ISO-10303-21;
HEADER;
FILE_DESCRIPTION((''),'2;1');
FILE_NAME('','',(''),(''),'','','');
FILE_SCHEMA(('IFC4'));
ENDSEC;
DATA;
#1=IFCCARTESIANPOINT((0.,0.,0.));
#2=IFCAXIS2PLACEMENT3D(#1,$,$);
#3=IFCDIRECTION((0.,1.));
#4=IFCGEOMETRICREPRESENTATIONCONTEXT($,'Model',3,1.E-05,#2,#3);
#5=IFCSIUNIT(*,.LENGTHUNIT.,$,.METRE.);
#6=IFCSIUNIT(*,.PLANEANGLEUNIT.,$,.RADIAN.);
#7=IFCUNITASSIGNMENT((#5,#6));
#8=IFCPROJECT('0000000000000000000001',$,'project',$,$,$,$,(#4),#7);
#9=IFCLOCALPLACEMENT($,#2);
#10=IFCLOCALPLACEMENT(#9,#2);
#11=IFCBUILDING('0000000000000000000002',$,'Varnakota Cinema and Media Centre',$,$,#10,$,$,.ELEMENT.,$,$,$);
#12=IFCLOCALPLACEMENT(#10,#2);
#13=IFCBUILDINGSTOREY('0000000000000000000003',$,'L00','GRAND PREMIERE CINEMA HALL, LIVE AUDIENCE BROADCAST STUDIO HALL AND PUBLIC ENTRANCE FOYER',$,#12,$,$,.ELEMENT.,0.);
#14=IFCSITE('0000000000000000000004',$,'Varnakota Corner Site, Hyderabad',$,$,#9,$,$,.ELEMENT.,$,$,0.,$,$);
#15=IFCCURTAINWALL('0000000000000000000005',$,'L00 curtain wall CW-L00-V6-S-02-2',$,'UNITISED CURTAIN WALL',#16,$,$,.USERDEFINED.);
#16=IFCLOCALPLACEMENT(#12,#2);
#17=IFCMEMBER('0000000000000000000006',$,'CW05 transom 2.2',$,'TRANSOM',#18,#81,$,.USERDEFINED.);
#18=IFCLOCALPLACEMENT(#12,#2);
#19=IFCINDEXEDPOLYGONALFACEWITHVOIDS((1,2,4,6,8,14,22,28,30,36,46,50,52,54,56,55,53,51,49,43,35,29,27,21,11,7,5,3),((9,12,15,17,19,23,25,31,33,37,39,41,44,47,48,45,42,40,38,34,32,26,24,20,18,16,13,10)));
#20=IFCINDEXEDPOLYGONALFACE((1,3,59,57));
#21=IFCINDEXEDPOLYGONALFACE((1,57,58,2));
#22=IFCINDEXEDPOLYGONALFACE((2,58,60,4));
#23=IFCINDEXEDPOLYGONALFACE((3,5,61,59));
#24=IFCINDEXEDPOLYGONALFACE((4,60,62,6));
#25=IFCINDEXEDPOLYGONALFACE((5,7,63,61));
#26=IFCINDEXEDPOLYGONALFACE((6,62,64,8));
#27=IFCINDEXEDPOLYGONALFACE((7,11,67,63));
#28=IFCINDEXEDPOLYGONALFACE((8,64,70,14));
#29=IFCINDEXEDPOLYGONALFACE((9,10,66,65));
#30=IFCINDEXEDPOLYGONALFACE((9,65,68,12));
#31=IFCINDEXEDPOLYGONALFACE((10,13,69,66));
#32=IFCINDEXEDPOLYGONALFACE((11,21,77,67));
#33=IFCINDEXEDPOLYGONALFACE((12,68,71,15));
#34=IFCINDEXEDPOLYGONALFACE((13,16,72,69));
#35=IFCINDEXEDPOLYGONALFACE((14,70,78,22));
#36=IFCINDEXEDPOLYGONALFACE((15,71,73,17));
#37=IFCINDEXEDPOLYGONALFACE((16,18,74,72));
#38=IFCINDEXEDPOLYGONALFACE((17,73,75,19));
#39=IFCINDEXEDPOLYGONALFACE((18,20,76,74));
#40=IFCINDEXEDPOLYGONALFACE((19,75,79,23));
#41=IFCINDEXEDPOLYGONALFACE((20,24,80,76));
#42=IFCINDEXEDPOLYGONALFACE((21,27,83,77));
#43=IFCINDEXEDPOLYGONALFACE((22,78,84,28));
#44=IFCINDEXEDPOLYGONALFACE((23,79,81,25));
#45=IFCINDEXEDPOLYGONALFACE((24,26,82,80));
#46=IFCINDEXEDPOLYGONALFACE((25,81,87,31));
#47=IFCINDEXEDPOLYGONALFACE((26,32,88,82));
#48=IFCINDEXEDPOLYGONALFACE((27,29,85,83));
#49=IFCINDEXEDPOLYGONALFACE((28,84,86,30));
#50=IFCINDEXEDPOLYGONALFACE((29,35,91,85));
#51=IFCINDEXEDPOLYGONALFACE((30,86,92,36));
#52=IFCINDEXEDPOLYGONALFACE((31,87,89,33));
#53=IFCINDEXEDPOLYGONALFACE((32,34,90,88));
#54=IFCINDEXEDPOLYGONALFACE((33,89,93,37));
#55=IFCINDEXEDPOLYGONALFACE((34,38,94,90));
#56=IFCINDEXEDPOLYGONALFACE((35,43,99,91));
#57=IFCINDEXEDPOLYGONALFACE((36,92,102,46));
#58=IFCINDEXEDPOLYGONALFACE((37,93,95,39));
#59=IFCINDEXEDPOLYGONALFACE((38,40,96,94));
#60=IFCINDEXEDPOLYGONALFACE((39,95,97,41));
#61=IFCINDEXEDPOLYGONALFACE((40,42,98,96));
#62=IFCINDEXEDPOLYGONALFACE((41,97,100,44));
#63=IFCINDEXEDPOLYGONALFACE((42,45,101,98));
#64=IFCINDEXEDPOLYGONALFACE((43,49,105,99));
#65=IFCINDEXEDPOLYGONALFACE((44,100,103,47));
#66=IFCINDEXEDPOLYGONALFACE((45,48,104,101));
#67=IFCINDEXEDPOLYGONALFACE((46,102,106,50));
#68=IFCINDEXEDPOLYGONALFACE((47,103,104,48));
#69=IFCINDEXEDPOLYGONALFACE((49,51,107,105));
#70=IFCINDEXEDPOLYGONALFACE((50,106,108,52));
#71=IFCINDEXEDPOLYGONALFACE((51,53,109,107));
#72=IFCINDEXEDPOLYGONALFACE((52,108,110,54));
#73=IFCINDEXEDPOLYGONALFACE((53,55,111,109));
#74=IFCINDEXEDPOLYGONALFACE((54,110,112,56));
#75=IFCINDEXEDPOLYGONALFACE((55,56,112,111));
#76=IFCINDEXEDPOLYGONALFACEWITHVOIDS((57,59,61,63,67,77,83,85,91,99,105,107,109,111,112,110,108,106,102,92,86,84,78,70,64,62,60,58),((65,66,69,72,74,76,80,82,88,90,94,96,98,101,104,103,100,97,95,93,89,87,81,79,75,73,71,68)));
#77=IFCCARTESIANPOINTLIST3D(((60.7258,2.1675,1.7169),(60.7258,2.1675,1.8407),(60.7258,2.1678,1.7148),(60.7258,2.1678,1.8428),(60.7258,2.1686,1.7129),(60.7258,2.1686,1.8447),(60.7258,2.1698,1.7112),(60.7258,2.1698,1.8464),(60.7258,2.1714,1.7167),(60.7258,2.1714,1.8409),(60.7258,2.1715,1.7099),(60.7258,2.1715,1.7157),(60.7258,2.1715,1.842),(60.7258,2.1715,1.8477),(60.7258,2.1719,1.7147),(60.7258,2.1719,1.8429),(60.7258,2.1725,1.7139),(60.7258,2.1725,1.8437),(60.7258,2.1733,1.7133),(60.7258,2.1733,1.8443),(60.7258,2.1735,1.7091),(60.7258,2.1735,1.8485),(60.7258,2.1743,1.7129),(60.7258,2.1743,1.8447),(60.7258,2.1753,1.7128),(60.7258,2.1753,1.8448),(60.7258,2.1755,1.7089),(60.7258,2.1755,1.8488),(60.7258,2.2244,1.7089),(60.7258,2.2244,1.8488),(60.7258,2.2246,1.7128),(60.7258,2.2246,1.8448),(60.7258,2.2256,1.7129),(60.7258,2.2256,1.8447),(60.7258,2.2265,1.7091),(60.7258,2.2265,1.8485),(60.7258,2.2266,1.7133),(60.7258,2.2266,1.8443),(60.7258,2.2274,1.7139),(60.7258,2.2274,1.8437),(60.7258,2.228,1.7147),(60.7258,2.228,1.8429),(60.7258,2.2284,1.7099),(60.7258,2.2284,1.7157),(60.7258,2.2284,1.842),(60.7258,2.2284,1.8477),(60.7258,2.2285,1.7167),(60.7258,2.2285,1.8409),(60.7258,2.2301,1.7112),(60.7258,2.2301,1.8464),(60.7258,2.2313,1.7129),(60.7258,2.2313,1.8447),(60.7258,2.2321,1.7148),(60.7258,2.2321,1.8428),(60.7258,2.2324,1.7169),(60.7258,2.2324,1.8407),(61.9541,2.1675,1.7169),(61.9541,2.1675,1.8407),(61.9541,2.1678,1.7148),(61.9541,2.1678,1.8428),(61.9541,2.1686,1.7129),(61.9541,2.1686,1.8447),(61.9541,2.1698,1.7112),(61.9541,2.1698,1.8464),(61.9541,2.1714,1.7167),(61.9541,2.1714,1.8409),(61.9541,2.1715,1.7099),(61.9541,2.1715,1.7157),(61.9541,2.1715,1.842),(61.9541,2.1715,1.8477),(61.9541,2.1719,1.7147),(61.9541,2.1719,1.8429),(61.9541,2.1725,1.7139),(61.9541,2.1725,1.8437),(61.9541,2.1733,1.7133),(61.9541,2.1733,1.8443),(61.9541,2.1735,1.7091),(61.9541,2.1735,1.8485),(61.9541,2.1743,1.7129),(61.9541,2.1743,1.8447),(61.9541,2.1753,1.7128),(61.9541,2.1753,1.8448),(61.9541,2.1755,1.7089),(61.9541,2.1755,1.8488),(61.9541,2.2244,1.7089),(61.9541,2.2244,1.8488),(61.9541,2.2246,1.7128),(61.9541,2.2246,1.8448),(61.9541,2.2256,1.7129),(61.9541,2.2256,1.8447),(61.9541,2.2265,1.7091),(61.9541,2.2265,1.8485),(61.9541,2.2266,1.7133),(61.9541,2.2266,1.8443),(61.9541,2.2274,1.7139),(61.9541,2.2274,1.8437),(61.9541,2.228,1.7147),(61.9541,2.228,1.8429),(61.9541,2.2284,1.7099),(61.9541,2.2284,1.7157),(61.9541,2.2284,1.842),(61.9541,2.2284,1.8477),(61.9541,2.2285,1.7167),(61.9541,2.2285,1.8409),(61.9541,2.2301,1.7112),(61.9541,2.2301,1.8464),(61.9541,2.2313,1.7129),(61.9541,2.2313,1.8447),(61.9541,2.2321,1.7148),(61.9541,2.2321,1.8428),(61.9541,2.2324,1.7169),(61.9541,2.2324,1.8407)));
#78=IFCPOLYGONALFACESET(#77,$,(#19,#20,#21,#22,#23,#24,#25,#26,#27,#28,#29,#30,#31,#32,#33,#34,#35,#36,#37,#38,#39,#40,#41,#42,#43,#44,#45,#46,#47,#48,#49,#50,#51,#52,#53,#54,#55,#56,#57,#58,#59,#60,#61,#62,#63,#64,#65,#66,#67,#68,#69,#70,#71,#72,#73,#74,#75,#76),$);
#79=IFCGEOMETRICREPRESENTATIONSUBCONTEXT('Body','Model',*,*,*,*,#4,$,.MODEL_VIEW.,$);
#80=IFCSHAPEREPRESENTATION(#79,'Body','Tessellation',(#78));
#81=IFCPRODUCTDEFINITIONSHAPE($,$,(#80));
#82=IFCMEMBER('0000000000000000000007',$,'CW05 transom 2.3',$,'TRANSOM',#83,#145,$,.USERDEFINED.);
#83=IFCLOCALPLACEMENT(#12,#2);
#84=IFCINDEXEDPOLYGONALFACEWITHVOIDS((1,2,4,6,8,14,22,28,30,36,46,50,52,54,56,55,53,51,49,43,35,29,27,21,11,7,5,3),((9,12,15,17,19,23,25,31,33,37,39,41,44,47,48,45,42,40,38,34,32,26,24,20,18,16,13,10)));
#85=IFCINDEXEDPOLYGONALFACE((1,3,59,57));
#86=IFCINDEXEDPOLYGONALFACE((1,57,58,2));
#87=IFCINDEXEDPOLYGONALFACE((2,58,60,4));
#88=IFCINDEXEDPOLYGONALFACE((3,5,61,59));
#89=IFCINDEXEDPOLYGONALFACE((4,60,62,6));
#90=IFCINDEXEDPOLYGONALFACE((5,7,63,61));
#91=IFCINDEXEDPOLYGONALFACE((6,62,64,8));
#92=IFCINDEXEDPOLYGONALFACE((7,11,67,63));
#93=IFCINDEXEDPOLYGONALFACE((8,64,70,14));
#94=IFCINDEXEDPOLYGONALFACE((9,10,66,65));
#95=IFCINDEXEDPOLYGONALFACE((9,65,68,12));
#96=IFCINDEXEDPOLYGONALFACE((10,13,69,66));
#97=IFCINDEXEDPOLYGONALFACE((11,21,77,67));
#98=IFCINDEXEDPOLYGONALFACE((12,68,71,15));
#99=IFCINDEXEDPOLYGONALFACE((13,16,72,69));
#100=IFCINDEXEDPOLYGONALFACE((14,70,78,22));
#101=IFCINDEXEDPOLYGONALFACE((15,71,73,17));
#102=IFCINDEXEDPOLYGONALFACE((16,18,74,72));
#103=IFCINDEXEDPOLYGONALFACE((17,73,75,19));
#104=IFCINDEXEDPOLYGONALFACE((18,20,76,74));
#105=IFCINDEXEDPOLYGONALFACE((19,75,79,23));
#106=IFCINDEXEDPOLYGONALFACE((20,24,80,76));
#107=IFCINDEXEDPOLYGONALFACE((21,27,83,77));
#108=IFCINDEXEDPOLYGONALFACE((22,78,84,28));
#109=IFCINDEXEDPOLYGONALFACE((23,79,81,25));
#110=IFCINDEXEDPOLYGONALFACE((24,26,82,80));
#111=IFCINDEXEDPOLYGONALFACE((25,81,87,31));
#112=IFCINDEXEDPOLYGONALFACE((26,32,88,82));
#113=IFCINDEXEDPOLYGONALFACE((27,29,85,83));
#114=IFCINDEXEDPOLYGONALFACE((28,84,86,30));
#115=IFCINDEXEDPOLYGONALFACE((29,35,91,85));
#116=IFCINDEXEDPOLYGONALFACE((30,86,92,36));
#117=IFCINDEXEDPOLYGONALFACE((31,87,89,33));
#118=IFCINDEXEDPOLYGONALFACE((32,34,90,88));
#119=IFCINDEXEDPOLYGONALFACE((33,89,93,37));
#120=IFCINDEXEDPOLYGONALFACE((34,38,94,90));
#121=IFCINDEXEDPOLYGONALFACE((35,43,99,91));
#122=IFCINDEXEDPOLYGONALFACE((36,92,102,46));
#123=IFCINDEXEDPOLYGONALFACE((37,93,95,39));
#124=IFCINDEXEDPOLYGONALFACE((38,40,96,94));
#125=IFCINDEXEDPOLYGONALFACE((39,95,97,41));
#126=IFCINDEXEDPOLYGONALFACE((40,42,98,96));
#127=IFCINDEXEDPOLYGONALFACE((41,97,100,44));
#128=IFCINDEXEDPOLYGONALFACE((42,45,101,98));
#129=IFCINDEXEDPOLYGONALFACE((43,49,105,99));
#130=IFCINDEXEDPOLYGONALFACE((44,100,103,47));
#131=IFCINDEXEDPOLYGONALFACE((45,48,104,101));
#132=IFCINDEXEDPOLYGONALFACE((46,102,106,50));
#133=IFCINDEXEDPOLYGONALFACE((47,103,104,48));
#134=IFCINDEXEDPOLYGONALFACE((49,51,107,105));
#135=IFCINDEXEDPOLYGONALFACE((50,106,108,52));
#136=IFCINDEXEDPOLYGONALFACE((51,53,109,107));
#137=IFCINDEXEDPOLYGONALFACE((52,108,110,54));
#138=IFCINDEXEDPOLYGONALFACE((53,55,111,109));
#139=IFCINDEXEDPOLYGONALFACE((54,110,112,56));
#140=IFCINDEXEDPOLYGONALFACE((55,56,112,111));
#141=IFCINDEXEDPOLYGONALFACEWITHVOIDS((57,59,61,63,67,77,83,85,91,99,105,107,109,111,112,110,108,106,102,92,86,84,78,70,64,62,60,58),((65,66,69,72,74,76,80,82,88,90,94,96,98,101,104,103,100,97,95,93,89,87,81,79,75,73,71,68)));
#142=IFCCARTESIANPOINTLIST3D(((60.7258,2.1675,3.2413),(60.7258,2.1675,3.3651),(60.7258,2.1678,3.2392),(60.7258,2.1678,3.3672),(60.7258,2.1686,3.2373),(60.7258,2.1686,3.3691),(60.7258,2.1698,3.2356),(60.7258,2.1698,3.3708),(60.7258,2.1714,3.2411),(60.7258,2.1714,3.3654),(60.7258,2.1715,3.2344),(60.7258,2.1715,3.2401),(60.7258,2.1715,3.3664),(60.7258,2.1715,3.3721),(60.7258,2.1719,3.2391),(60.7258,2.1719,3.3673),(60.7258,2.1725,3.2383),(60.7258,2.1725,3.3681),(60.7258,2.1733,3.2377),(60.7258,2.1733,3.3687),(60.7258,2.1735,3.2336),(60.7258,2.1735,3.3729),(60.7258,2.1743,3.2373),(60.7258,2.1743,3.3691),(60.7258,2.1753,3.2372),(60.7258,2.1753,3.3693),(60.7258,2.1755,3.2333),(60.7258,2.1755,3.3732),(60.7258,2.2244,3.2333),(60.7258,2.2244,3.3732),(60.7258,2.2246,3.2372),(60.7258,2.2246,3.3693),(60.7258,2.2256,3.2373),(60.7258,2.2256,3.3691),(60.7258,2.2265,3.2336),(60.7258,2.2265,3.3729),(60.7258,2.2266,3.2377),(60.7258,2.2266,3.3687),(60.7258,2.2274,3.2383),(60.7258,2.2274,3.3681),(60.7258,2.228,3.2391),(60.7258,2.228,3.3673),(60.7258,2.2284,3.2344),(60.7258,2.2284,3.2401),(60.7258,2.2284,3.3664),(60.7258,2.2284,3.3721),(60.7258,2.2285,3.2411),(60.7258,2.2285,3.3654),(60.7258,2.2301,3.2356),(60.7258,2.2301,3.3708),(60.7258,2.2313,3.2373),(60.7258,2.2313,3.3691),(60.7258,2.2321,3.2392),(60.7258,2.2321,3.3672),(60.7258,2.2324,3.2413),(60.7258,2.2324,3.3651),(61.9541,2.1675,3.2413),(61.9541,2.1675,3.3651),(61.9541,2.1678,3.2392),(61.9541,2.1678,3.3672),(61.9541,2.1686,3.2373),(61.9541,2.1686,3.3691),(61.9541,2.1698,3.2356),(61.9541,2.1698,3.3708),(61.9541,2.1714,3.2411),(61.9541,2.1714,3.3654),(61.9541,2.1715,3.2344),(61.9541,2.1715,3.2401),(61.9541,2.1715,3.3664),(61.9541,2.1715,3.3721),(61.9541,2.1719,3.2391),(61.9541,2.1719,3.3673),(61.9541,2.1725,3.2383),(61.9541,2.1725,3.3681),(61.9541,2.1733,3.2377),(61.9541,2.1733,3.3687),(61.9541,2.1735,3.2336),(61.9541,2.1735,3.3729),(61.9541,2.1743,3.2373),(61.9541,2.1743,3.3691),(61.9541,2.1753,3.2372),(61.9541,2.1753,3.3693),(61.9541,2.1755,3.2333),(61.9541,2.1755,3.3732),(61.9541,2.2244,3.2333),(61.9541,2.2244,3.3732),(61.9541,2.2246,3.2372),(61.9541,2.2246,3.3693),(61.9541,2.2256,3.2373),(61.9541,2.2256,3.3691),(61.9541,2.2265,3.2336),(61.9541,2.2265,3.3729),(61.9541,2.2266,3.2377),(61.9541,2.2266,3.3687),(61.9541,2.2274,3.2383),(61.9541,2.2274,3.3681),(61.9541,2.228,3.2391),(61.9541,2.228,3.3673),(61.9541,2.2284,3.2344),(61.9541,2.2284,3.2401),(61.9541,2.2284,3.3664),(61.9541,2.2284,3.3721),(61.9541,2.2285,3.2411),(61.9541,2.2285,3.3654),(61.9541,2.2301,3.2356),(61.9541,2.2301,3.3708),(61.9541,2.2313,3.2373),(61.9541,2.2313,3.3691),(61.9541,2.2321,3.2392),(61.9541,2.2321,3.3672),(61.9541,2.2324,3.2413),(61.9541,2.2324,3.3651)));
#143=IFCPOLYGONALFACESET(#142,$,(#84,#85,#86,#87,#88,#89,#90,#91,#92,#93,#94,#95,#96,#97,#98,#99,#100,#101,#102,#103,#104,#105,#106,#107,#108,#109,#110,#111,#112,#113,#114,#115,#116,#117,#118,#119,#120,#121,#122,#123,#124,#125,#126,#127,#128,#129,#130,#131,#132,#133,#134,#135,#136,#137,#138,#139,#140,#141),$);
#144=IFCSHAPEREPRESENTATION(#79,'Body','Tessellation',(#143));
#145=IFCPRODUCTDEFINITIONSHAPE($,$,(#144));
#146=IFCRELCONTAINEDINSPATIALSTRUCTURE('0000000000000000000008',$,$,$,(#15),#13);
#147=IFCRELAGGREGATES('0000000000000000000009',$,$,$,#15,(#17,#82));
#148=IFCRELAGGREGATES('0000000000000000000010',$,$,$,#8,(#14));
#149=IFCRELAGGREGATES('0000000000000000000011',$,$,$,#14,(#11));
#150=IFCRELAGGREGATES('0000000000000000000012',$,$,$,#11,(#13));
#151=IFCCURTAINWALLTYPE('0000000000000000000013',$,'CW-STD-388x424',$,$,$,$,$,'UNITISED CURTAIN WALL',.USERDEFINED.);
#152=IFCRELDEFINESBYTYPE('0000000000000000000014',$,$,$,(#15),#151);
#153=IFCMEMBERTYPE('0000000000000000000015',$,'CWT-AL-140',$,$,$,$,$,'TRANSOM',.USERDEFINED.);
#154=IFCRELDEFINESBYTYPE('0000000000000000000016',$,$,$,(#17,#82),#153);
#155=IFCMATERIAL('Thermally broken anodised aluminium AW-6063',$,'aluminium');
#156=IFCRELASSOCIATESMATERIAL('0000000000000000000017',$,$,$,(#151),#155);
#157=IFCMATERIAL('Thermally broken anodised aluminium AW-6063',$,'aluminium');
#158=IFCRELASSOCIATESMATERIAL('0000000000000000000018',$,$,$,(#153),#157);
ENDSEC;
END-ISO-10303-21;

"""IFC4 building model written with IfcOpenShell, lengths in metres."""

from ifc_helpers import new_model, si_unit, direction, frame, origin, origin_2d, place, context, subcontext, project, spatial, hollow_rectangle, extrude, material, material_profile, profile_set, type_object, element, aggregate, save


model = new_model("IFC4")

# Units and contexts
model_context = context("Model", 3, precision=1e-05, world=origin(), true_north=direction((0.0, 1.0)))
body_context = subcontext(model_context, "Body", "Model", "MODEL_VIEW")
ifc_project = project(units=[si_unit("LENGTHUNIT", "METRE"), si_unit("PLANEANGLEUNIT", "RADIAN")], contexts=[model_context])

# Site, building, storey
site_placement = place(None, origin())
site = spatial("IfcSite", under=ifc_project, at=site_placement, Name="Varnakota Corner Site, Hyderabad", CompositionType="ELEMENT", RefElevation=0.0)
building_placement = place(site_placement, origin())
building = spatial("IfcBuilding", under=site, at=building_placement, Name="Varnakota Cinema and Media Centre", CompositionType="ELEMENT")
storey_placement = place(building_placement, origin())
storey = spatial("IfcBuildingStorey", under=building, at=storey_placement, Name="L00", Description="GRAND PREMIERE CINEMA HALL, LIVE AUDIENCE BROADCAST STUDIO HALL AND PUBLIC ENTRANCE FOYER", CompositionType="ELEMENT", Elevation=0.0)

# Curtain wall, members
ifc_material_1 = material(Name="Thermally broken anodised aluminium AW-6063", Category="aluminium")
curtain_wall_type = type_object("IfcCurtainWallType", Name="CW-STD-388x424", ElementType="UNITISED CURTAIN WALL", PredefinedType="USERDEFINED", material=ifc_material_1)
curtain_wall_placement = place(storey_placement, origin())
curtain_wall = element("IfcCurtainWall", 1, at=curtain_wall_placement, inside=storey, type_object=curtain_wall_type, Name="L00 curtain wall CW-L00-V6-S-02-2", ObjectType="UNITISED CURTAIN WALL", PredefinedType="USERDEFINED")
ifc_material_2 = material(Name="Thermally broken anodised aluminium AW-6063", Category="aluminium")
ifc_material_profile_1 = material_profile(ifc_material_2, hollow_rectangle(XDim=0.0649, YDim=0.1399, WallThickness=0.0039, InnerFilletRadius=0.0039, OuterFilletRadius=0.0081, at=origin_2d()), Name="AL-TRANSOM 140x65x4")
ifc_profile_set_1 = profile_set([ifc_material_profile_1], Name="Thermally broken anodised aluminium AW-6063")
member_type_1 = type_object("IfcMemberType", Name="CWT-AL-140", ElementType="TRANSOM", PredefinedType="USERDEFINED", material=ifc_profile_set_1)
member_1_placement = place(storey_placement, frame((61.9541, 2.2, 1.7788), z_axis=(-1.0, 0.0, 0.0), x_axis=(0.0, -1.0, 0.0)))
member_1 = element("IfcMember", 2, at=member_1_placement, type_object=member_type_1, Name="CW05 transom 2.2", ObjectType="TRANSOM", PredefinedType="USERDEFINED", context=body_context, shape_type="SweptSolid", body=[
    extrude(hollow_rectangle(XDim=0.0649, YDim=0.1399, WallThickness=0.0039, InnerFilletRadius=0.0039, OuterFilletRadius=0.0081, at=origin_2d()), origin(), (0.0, 0.0, 1.0), 1.2283),
])
member_2_placement = place(storey_placement, frame((61.9541, 2.2, 3.3032), z_axis=(-1.0, 0.0, 0.0), x_axis=(0.0, -1.0, 0.0)))
member_2 = element("IfcMember", 3, at=member_2_placement, type_object=member_type_1, Name="CW05 transom 2.3", ObjectType="TRANSOM", PredefinedType="USERDEFINED", context=body_context, shape_type="SweptSolid", body=[
    extrude(hollow_rectangle(XDim=0.0649, YDim=0.1399, WallThickness=0.0039, InnerFilletRadius=0.0039, OuterFilletRadius=0.0081, at=origin_2d()), origin(), (0.0, 0.0, 1.0), 1.2283),
])
aggregate(curtain_wall, [member_1, member_2])

save(model, "model.ifc")
